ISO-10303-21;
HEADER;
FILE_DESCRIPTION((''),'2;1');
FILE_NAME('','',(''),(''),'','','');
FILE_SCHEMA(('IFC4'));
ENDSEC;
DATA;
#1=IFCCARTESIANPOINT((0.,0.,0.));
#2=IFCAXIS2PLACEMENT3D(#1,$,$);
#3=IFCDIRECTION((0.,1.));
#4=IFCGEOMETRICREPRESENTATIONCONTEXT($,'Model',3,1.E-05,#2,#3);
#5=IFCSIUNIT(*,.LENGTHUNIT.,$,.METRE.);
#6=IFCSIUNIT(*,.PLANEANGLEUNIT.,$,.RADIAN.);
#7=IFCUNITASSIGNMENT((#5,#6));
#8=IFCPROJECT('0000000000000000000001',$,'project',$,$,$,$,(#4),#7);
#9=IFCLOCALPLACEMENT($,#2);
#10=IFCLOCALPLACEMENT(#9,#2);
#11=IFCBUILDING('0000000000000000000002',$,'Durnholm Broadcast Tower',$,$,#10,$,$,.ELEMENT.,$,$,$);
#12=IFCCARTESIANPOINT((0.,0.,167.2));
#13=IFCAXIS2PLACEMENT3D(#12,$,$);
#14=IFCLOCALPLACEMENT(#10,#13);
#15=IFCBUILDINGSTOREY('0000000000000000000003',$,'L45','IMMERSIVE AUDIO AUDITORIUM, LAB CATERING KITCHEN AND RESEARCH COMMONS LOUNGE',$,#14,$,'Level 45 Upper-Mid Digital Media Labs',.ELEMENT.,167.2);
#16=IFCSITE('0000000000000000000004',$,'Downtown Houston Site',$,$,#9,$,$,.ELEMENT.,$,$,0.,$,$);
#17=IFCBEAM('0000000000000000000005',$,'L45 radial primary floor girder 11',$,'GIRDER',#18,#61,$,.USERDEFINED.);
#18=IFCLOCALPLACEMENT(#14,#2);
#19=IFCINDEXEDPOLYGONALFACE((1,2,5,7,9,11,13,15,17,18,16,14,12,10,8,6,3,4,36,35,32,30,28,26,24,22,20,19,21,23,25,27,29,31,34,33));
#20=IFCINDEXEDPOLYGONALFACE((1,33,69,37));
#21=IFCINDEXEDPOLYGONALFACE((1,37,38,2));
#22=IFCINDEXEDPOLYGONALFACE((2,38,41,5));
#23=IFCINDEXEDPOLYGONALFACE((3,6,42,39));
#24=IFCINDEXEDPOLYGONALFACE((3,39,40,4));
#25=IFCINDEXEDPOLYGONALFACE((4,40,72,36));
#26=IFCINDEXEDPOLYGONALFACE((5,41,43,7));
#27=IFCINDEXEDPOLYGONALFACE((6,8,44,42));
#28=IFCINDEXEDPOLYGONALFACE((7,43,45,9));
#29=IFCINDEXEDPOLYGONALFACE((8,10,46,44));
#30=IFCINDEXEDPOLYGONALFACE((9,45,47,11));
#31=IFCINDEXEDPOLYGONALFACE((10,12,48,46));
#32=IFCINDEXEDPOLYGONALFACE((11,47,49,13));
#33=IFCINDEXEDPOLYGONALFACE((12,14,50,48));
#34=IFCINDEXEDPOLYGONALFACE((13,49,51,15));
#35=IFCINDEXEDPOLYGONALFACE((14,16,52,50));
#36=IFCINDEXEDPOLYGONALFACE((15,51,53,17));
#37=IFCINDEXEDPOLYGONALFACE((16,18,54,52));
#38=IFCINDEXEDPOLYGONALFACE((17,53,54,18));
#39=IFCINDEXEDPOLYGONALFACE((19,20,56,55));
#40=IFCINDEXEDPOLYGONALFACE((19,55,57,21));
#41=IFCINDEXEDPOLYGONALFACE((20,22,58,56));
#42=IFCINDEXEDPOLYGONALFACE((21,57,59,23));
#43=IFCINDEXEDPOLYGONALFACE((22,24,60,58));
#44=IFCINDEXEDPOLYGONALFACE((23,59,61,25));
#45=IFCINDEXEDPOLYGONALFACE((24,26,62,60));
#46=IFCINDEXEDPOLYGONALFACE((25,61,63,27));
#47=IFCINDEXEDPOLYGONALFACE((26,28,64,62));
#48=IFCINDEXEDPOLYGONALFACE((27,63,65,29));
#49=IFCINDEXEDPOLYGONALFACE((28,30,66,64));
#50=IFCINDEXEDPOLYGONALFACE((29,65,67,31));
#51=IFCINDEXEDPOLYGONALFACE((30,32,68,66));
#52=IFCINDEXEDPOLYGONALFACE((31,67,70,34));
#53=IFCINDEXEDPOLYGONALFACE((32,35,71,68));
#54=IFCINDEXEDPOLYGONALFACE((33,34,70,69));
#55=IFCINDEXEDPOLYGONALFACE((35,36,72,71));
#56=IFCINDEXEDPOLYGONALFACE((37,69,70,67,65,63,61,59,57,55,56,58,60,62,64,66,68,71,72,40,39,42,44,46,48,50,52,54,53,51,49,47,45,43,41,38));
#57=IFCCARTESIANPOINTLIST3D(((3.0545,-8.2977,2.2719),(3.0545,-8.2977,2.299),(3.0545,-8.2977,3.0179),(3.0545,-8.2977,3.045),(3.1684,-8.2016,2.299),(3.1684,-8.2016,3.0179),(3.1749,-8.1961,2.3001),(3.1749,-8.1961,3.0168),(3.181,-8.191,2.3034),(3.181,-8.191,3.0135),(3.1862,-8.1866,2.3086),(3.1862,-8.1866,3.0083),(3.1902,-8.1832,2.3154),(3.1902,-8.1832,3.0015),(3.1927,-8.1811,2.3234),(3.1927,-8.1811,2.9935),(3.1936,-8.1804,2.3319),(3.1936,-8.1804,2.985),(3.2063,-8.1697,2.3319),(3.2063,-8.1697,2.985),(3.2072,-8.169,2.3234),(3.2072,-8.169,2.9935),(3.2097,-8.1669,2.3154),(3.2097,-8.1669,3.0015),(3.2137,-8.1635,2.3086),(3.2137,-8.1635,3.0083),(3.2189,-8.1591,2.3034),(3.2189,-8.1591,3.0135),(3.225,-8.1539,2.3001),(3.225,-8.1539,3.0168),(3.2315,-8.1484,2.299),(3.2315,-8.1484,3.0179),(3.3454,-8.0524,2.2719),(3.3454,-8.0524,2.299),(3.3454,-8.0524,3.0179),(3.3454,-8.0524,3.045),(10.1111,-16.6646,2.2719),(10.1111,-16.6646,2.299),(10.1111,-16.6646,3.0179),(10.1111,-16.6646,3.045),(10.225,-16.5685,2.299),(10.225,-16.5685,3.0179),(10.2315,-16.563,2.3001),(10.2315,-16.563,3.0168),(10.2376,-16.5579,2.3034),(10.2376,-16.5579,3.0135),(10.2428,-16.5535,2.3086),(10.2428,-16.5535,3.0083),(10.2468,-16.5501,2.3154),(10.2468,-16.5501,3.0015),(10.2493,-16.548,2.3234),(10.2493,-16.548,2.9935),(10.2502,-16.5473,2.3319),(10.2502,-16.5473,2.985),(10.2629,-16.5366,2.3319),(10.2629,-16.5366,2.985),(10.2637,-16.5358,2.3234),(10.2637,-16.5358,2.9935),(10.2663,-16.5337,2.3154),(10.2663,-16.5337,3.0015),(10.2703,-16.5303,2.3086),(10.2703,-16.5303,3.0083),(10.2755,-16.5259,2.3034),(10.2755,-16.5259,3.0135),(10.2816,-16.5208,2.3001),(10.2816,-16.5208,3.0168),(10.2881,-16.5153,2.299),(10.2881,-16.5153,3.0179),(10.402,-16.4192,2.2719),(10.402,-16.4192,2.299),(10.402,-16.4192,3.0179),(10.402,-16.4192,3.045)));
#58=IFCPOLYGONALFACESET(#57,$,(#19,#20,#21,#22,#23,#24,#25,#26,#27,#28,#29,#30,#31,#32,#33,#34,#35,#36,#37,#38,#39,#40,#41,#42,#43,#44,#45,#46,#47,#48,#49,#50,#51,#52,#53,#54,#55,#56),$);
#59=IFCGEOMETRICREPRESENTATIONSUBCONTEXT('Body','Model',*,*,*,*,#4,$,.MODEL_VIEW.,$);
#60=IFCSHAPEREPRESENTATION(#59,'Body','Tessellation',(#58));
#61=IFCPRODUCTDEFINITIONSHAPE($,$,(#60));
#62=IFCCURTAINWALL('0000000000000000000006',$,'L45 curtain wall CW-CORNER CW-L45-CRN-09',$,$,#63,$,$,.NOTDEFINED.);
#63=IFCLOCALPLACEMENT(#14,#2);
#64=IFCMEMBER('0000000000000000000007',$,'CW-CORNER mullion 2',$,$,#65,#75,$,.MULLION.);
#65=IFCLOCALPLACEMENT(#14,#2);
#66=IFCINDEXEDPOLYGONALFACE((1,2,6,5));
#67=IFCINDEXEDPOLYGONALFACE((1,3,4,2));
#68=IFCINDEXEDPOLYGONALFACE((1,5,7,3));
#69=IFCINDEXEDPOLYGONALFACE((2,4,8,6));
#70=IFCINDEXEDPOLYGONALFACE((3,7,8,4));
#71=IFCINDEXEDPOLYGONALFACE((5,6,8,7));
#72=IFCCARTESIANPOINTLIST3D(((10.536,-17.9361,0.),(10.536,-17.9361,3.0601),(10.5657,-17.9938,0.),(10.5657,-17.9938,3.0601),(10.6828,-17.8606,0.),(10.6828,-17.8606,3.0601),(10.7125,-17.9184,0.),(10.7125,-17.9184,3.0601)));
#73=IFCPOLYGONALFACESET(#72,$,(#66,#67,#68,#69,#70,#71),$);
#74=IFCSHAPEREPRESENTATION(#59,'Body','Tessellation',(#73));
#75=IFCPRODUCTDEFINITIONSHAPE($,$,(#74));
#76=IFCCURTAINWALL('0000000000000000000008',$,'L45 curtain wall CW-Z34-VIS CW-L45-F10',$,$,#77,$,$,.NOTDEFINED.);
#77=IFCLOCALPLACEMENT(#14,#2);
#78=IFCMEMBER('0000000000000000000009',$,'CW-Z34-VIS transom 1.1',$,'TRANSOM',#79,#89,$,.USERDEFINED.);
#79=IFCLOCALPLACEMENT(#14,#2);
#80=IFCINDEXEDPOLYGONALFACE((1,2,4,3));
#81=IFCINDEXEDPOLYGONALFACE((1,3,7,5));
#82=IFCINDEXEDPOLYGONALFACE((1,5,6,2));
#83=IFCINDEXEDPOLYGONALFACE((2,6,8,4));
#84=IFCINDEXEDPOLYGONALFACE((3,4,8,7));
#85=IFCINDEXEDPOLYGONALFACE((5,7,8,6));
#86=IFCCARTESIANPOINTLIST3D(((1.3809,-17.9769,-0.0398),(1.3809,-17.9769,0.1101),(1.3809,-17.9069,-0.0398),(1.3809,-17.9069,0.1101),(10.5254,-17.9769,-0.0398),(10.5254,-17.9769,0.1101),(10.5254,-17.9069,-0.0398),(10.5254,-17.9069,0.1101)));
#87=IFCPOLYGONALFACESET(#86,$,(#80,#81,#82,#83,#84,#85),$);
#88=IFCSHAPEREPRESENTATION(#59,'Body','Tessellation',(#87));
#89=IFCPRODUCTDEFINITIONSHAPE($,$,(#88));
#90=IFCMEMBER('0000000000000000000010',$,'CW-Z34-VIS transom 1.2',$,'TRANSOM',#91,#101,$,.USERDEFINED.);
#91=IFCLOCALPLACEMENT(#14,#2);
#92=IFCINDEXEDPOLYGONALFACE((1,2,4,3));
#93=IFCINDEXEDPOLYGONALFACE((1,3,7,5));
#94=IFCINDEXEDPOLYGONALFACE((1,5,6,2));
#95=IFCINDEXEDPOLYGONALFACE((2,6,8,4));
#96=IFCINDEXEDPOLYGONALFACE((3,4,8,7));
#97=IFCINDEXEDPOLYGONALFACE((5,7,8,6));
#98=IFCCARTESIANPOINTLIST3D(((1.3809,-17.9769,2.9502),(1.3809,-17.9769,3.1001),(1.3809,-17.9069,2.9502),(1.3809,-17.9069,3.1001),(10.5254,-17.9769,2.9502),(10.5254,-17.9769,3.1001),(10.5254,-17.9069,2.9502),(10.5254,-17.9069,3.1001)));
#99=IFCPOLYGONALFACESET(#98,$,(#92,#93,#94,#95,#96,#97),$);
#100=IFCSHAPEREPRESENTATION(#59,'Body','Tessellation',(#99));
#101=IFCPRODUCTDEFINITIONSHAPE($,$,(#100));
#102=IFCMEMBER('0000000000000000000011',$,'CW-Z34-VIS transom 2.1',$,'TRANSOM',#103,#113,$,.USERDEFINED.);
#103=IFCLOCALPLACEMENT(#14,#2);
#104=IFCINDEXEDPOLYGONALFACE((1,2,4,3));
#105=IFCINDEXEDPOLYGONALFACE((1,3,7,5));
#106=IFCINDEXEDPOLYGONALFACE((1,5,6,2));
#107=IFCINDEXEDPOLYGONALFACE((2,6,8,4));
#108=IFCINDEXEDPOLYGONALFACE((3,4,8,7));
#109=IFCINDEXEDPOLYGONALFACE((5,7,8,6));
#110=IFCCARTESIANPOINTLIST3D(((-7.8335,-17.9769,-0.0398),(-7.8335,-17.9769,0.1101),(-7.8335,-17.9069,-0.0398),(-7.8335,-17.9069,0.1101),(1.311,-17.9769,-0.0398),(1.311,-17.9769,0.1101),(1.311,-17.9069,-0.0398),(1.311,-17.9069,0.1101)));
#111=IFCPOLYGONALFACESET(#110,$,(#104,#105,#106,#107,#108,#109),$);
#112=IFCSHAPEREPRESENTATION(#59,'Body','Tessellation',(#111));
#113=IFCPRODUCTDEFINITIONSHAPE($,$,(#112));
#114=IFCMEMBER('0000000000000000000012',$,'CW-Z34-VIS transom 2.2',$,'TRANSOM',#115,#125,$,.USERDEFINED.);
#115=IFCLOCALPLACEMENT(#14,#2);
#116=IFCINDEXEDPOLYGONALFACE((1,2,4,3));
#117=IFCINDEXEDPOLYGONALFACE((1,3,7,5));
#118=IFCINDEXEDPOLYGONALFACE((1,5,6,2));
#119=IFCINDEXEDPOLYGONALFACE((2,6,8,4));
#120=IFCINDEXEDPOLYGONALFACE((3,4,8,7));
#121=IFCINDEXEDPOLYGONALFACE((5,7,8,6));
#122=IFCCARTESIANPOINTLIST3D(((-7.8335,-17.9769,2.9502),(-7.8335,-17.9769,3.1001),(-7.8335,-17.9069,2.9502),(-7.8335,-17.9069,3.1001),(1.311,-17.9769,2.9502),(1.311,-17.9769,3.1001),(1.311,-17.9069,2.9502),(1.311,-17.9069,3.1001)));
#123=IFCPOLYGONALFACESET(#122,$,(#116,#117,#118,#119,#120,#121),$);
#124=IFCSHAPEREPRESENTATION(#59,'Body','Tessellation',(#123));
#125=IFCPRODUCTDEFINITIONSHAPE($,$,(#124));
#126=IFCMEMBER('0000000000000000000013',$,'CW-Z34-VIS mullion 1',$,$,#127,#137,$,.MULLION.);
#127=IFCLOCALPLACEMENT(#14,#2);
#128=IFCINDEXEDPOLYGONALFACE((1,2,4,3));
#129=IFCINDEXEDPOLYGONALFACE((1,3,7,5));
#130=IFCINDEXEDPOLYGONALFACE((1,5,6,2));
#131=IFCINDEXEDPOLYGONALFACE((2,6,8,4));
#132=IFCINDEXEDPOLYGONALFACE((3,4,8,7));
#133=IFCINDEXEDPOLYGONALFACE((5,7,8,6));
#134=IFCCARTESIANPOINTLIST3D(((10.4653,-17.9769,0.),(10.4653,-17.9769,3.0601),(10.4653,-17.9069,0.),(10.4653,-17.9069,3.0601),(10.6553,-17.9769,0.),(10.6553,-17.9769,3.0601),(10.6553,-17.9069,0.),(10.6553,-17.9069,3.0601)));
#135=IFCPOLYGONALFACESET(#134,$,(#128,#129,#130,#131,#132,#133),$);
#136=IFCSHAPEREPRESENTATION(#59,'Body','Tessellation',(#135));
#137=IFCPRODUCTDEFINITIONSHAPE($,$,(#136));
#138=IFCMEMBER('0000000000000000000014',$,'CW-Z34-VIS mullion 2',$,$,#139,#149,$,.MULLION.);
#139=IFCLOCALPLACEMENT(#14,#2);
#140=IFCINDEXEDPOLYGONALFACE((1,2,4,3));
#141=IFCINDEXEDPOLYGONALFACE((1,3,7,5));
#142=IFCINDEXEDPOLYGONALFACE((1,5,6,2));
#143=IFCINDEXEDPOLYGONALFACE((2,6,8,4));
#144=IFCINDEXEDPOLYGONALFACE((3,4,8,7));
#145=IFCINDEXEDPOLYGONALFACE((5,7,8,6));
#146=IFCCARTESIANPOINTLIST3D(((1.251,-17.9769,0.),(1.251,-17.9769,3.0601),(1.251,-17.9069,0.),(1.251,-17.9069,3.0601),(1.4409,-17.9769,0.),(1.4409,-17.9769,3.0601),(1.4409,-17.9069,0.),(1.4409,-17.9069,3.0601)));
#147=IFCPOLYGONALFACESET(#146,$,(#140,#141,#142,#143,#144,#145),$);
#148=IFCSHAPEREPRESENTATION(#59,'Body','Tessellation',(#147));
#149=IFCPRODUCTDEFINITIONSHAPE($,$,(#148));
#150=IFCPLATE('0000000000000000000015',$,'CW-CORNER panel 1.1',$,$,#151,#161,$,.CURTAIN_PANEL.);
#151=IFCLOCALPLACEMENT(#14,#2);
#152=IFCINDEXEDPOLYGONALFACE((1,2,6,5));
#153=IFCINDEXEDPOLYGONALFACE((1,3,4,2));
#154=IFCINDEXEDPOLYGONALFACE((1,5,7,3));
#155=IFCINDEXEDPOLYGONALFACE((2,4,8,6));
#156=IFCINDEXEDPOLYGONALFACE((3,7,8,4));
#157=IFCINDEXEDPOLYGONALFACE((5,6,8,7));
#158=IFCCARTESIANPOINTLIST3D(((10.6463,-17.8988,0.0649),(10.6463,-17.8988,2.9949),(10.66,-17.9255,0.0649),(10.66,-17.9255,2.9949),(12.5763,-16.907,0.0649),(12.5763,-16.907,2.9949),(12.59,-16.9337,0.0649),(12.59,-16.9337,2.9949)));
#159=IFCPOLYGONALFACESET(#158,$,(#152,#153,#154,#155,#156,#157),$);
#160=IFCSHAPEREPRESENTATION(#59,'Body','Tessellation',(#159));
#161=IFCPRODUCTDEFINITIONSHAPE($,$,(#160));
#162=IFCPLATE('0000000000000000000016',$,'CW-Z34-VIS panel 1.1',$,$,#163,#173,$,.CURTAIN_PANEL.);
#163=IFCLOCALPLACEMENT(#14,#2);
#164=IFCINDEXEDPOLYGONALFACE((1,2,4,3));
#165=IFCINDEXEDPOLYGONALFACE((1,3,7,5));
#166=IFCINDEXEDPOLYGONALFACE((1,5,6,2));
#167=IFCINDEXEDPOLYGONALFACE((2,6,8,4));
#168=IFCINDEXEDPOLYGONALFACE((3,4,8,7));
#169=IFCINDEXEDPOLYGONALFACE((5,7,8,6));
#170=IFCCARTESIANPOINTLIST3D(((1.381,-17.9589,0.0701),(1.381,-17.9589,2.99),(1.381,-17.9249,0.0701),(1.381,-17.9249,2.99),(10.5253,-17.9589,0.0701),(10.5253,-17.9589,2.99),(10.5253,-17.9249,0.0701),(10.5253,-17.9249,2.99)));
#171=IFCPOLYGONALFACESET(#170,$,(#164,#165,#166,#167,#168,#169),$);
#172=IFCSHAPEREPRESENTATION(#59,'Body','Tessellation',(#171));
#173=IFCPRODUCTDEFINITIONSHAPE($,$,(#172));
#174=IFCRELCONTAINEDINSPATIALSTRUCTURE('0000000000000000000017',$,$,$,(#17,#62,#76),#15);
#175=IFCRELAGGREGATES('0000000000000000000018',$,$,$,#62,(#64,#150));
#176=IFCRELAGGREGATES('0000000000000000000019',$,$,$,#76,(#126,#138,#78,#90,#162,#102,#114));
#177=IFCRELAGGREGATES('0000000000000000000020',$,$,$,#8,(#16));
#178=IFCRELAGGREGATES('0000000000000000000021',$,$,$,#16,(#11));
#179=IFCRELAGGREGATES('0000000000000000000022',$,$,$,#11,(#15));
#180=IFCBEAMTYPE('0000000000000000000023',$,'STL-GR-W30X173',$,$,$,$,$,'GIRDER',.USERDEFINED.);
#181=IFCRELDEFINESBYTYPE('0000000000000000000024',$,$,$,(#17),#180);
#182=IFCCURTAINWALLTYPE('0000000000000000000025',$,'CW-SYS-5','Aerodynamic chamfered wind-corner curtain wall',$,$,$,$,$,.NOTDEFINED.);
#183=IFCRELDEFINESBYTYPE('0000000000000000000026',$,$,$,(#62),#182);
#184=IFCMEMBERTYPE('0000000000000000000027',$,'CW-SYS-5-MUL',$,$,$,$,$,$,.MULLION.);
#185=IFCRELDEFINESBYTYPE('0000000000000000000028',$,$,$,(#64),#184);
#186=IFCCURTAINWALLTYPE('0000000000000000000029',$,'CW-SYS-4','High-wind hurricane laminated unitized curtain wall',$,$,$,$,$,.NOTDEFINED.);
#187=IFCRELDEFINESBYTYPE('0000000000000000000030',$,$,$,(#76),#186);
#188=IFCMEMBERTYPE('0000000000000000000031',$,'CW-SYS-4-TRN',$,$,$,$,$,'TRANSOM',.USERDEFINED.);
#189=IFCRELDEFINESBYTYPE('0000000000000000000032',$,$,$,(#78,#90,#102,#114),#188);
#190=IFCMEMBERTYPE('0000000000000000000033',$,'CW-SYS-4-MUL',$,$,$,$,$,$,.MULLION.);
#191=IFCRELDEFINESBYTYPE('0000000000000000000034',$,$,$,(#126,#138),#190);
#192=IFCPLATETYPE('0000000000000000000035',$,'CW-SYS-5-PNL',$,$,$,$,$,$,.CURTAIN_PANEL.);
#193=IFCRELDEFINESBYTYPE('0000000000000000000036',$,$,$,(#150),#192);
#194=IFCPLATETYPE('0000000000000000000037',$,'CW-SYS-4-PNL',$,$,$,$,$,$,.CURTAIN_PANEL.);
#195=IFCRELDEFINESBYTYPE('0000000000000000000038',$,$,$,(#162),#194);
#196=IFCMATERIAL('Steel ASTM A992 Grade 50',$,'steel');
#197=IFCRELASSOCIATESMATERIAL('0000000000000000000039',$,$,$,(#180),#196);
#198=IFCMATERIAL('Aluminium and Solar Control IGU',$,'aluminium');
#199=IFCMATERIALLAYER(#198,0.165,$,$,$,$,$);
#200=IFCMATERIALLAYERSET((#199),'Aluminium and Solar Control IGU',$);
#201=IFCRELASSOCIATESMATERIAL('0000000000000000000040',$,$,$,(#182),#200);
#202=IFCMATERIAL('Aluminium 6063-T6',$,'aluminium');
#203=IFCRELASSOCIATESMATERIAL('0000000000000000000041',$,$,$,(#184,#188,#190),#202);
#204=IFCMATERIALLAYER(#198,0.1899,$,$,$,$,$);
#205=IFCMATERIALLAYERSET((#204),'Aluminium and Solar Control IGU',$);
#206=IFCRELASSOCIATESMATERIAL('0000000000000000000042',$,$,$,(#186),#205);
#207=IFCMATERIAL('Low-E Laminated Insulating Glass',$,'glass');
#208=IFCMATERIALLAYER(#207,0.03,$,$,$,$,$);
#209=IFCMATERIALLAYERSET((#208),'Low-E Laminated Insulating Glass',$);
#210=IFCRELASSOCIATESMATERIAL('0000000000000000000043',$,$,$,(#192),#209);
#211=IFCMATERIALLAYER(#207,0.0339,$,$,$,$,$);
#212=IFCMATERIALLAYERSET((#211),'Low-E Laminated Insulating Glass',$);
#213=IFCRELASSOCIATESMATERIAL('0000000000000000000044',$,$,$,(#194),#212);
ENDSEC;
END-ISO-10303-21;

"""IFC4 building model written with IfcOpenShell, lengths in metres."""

from ifc_helpers import new_model, si_unit, direction, frame, origin, origin_2d, place, context, subcontext, project, spatial, rectangle, i_section, extrude, source, transform, mapped, material, layer, layer_set, material_profile, profile_set, type_object, type_shapes, element, aggregate, save


model = new_model("IFC4")

# Units and contexts
model_context = context("Model", 3, precision=1e-05, world=origin(), true_north=direction((0.0, 1.0)))
body_context = subcontext(model_context, "Body", "Model", "MODEL_VIEW")
ifc_project = project(units=[si_unit("LENGTHUNIT", "METRE"), si_unit("PLANEANGLEUNIT", "RADIAN")], contexts=[model_context])

# Site, building, storey
site_placement = place(None, origin())
site = spatial("IfcSite", under=ifc_project, at=site_placement, Name="Downtown Houston Site", CompositionType="ELEMENT", RefElevation=0.0)
building_placement = place(site_placement, origin())
building = spatial("IfcBuilding", under=site, at=building_placement, Name="Durnholm Broadcast Tower", CompositionType="ELEMENT")
storey_placement = place(building_placement, frame((0.0, 0.0, 167.2)))
storey = spatial("IfcBuildingStorey", under=building, at=storey_placement, Name="L45", Description="IMMERSIVE AUDIO AUDITORIUM, LAB CATERING KITCHEN AND RESEARCH COMMONS LOUNGE", LongName="Level 45 Upper-Mid Digital Media Labs", CompositionType="ELEMENT", Elevation=167.2)

# Beam
ifc_material_1 = material(Name="Steel ASTM A992 Grade 50", Category="steel")
ifc_material_profile_1 = material_profile(ifc_material_1, i_section(OverallWidth=0.3806, OverallDepth=0.7732, WebThickness=0.0166, FlangeThickness=0.0271, FilletRadius=0.033, at=origin_2d()), Name="W30X173")
ifc_profile_set_1 = profile_set([ifc_material_profile_1], Name="Steel ASTM A992 Grade 50")
beam_type_1 = type_object("IfcBeamType", Name="STL-GR-W30X173", ElementType="GIRDER", PredefinedType="USERDEFINED", material=ifc_profile_set_1)
shared_shape_1 = source(origin(), body_context, "Body", "SweptSolid", [
    extrude(i_section(OverallWidth=0.3806, OverallDepth=0.7732, WebThickness=0.0166, FlangeThickness=0.0271, FilletRadius=0.033, at=origin_2d()), origin(), (0.0, 0.0, 1.0), 10.9453),
])
beam_1_placement = place(storey_placement, frame((3.2, -8.175, 2.6584), z_axis=(0.644713, -0.764425, 0.0), x_axis=(0.764425, 0.644713, 0.0)))
element("IfcBeam", 1, at=beam_1_placement, inside=storey, type_object=beam_type_1, Name="L45 radial primary floor girder 11", ObjectType="GIRDER", PredefinedType="USERDEFINED", context=body_context, shape_type="MappedRepresentation", body=[
    mapped(shared_shape_1, transform((0.0, 0.0, 0.0), x_axis=(1.0, 0.0, 0.0), y_axis=(0.0, 1.0, 0.0), z_axis=(0.0, 0.0, 1.0), scale=1.0)),
])

# Curtain wall, member
ifc_material_2 = material(Name="Aluminium and Solar Control IGU", Category="aluminium")
ifc_layer_1 = layer(ifc_material_2, 0.165)
ifc_layer_set_1 = layer_set([ifc_layer_1], Name="Aluminium and Solar Control IGU")
curtain_wall_type_1 = type_object("IfcCurtainWallType", Name="CW-SYS-5", Description="Aerodynamic chamfered wind-corner curtain wall", PredefinedType="NOTDEFINED", material=ifc_layer_set_1)
curtain_wall_1_placement = place(storey_placement, origin())
curtain_wall_1 = element("IfcCurtainWall", 2, at=curtain_wall_1_placement, inside=storey, type_object=curtain_wall_type_1, Name="L45 curtain wall CW-CORNER CW-L45-CRN-09", PredefinedType="NOTDEFINED")
ifc_material_3 = material(Name="Aluminium 6063-T6", Category="aluminium")
ifc_material_profile_2 = material_profile(ifc_material_3, rectangle(XDim=0.0649, YDim=0.165, at=origin_2d()), Name="CWM65X165")
ifc_profile_set_2 = profile_set([ifc_material_profile_2], Name="Aluminium 6063-T6")
member_type_1 = type_object("IfcMemberType", Name="CW-SYS-5-MUL", PredefinedType="MULLION", material=ifc_profile_set_2)
shared_shape_2 = source(origin(), body_context, "Body", "SweptSolid", [
    extrude(rectangle(XDim=0.0649, YDim=0.165, at=origin_2d()), origin(), (0.0, 0.0, 1.0), 3.0601),
])
type_shapes(member_type_1, [shared_shape_2])
member_1_placement = place(storey_placement, frame((10.6243, -17.9272, 0.0), z_axis=(0.0, 0.0, 1.0), x_axis=(0.457082, -0.889425, 0.0)))
member_1 = element("IfcMember", 3, at=member_1_placement, type_object=member_type_1, Name="CW-CORNER mullion 2", PredefinedType="MULLION", context=body_context, shape_type="MappedRepresentation", body=[
    mapped(shared_shape_2, transform((0.0, 0.0, 0.0), x_axis=(1.0, 0.0, 0.0), y_axis=(0.0, 1.0, 0.0), z_axis=(0.0, 0.0, 1.0), scale=1.0)),
])

# Curtain wall, members
ifc_layer_2 = layer(ifc_material_2, 0.1899)
ifc_layer_set_2 = layer_set([ifc_layer_2], Name="Aluminium and Solar Control IGU")
curtain_wall_type_2 = type_object("IfcCurtainWallType", Name="CW-SYS-4", Description="High-wind hurricane laminated unitized curtain wall", PredefinedType="NOTDEFINED", material=ifc_layer_set_2)
curtain_wall_2_placement = place(storey_placement, origin())
curtain_wall_2 = element("IfcCurtainWall", 4, at=curtain_wall_2_placement, inside=storey, type_object=curtain_wall_type_2, Name="L45 curtain wall CW-Z34-VIS CW-L45-F10", PredefinedType="NOTDEFINED")
ifc_material_profile_3 = material_profile(ifc_material_3, rectangle(XDim=0.0701, YDim=0.1499, at=origin_2d()), Name="CWT70X150")
ifc_profile_set_3 = profile_set([ifc_material_profile_3], Name="Aluminium 6063-T6")
member_type_2 = type_object("IfcMemberType", Name="CW-SYS-4-TRN", ElementType="TRANSOM", PredefinedType="USERDEFINED", material=ifc_profile_set_3)
shared_shape_3 = source(origin(), body_context, "Body", "SweptSolid", [
    extrude(rectangle(XDim=0.0701, YDim=0.1499, at=origin_2d()), origin(), (0.0, 0.0, 1.0), 9.1445),
])
type_shapes(member_type_2, [shared_shape_3])
member_2_placement = place(storey_placement, frame((10.5254, -17.9419, 0.0352), z_axis=(-1.0, 0.0, 0.0), x_axis=(0.0, -1.0, 0.0)))
member_2 = element("IfcMember", 5, at=member_2_placement, type_object=member_type_2, Name="CW-Z34-VIS transom 1.1", ObjectType="TRANSOM", PredefinedType="USERDEFINED", context=body_context, shape_type="MappedRepresentation", body=[
    mapped(shared_shape_3, transform((0.0, 0.0, 0.0), x_axis=(1.0, 0.0, 0.0), y_axis=(0.0, 1.0, 0.0), z_axis=(0.0, 0.0, 1.0), scale=1.0)),
])
member_3_placement = place(storey_placement, frame((10.5254, -17.9419, 3.0251), z_axis=(-1.0, 0.0, 0.0), x_axis=(0.0, -1.0, 0.0)))
member_3 = element("IfcMember", 6, at=member_3_placement, type_object=member_type_2, Name="CW-Z34-VIS transom 1.2", ObjectType="TRANSOM", PredefinedType="USERDEFINED", context=body_context, shape_type="MappedRepresentation", body=[
    mapped(shared_shape_3, transform((0.0, 0.0, 0.0), x_axis=(1.0, 0.0, 0.0), y_axis=(0.0, 1.0, 0.0), z_axis=(0.0, 0.0, 1.0), scale=1.0)),
])
member_4_placement = place(storey_placement, frame((1.311, -17.9419, 0.0352), z_axis=(-1.0, 0.0, 0.0), x_axis=(0.0, -1.0, 0.0)))
member_4 = element("IfcMember", 7, at=member_4_placement, type_object=member_type_2, Name="CW-Z34-VIS transom 2.1", ObjectType="TRANSOM", PredefinedType="USERDEFINED", context=body_context, shape_type="MappedRepresentation", body=[
    mapped(shared_shape_3, transform((0.0, 0.0, 0.0), x_axis=(1.0, 0.0, 0.0), y_axis=(0.0, 1.0, 0.0), z_axis=(0.0, 0.0, 1.0), scale=1.0)),
])
member_5_placement = place(storey_placement, frame((1.311, -17.9419, 3.0251), z_axis=(-1.0, 0.0, 0.0), x_axis=(0.0, -1.0, 0.0)))
member_5 = element("IfcMember", 8, at=member_5_placement, type_object=member_type_2, Name="CW-Z34-VIS transom 2.2", ObjectType="TRANSOM", PredefinedType="USERDEFINED", context=body_context, shape_type="MappedRepresentation", body=[
    mapped(shared_shape_3, transform((0.0, 0.0, 0.0), x_axis=(1.0, 0.0, 0.0), y_axis=(0.0, 1.0, 0.0), z_axis=(0.0, 0.0, 1.0), scale=1.0)),
])
ifc_material_profile_4 = material_profile(ifc_material_3, rectangle(XDim=0.0701, YDim=0.1899, at=origin_2d()), Name="CWM70X190")
ifc_profile_set_4 = profile_set([ifc_material_profile_4], Name="Aluminium 6063-T6")
member_type_3 = type_object("IfcMemberType", Name="CW-SYS-4-MUL", PredefinedType="MULLION", material=ifc_profile_set_4)
shared_shape_4 = source(origin(), body_context, "Body", "SweptSolid", [
    extrude(rectangle(XDim=0.0701, YDim=0.1899, at=origin_2d()), origin(), (0.0, 0.0, 1.0), 3.0601),
])
type_shapes(member_type_3, [shared_shape_4])
member_6_placement = place(storey_placement, frame((10.5603, -17.9419, 0.0), z_axis=(0.0, 0.0, 1.0), x_axis=(0.0, -1.0, 0.0)))
member_6 = element("IfcMember", 9, at=member_6_placement, type_object=member_type_3, Name="CW-Z34-VIS mullion 1", PredefinedType="MULLION", context=body_context, shape_type="MappedRepresentation", body=[
    mapped(shared_shape_4, transform((0.0, 0.0, 0.0), x_axis=(1.0, 0.0, 0.0), y_axis=(0.0, 1.0, 0.0), z_axis=(0.0, 0.0, 1.0), scale=1.0)),
])
member_7_placement = place(storey_placement, frame((1.3459, -17.9419, 0.0), z_axis=(0.0, 0.0, 1.0), x_axis=(0.0, -1.0, 0.0)))
member_7 = element("IfcMember", 10, at=member_7_placement, type_object=member_type_3, Name="CW-Z34-VIS mullion 2", PredefinedType="MULLION", context=body_context, shape_type="MappedRepresentation", body=[
    mapped(shared_shape_4, transform((0.0, 0.0, 0.0), x_axis=(1.0, 0.0, 0.0), y_axis=(0.0, 1.0, 0.0), z_axis=(0.0, 0.0, 1.0), scale=1.0)),
])

# Plates
ifc_material_4 = material(Name="Low-E Laminated Insulating Glass", Category="glass")
ifc_layer_3 = layer(ifc_material_4, 0.03)
ifc_layer_set_3 = layer_set([ifc_layer_3], Name="Low-E Laminated Insulating Glass")
plate_type_1 = type_object("IfcPlateType", Name="CW-SYS-5-PNL", PredefinedType="CURTAIN_PANEL", material=ifc_layer_set_3)
shared_shape_5 = source(origin(), body_context, "Body", "SweptSolid", [
    extrude(rectangle(XDim=2.1699, YDim=0.03, at=origin_2d()), origin(), (0.0, 0.0, 1.0), 2.9299),
])
type_shapes(plate_type_1, [shared_shape_5])
plate_1_placement = place(storey_placement, frame((11.6182, -17.4163, 0.0649), z_axis=(0.0, 0.0, 1.0), x_axis=(-0.889425, -0.457082, 0.0)))
plate_1 = element("IfcPlate", 11, at=plate_1_placement, type_object=plate_type_1, Name="CW-CORNER panel 1.1", PredefinedType="CURTAIN_PANEL", context=body_context, shape_type="MappedRepresentation", body=[
    mapped(shared_shape_5, transform((0.0, 0.0, 0.0), x_axis=(1.0, 0.0, 0.0), y_axis=(0.0, 1.0, 0.0), z_axis=(0.0, 0.0, 1.0), scale=1.0)),
])
aggregate(curtain_wall_1, [member_1, plate_1])
ifc_layer_4 = layer(ifc_material_4, 0.0339)
ifc_layer_set_4 = layer_set([ifc_layer_4], Name="Low-E Laminated Insulating Glass")
plate_type_2 = type_object("IfcPlateType", Name="CW-SYS-4-PNL", PredefinedType="CURTAIN_PANEL", material=ifc_layer_set_4)
shared_shape_6 = source(origin(), body_context, "Body", "SweptSolid", [
    extrude(rectangle(XDim=9.1443, YDim=0.0339, at=origin_2d()), origin(), (0.0, 0.0, 1.0), 2.9199),
])
type_shapes(plate_type_2, [shared_shape_6])
plate_2_placement = place(storey_placement, frame((5.9531, -17.9419, 0.0701), z_axis=(0.0, 0.0, 1.0), x_axis=(-1.0, 0.0, 0.0)))
plate_2 = element("IfcPlate", 12, at=plate_2_placement, type_object=plate_type_2, Name="CW-Z34-VIS panel 1.1", PredefinedType="CURTAIN_PANEL", context=body_context, shape_type="MappedRepresentation", body=[
    mapped(shared_shape_6, transform((0.0, 0.0, 0.0), x_axis=(1.0, 0.0, 0.0), y_axis=(0.0, 1.0, 0.0), z_axis=(0.0, 0.0, 1.0), scale=1.0)),
])
aggregate(curtain_wall_2, [member_6, member_7, member_2, member_3, plate_2, member_4, member_5])

save(model, "model.ifc")
